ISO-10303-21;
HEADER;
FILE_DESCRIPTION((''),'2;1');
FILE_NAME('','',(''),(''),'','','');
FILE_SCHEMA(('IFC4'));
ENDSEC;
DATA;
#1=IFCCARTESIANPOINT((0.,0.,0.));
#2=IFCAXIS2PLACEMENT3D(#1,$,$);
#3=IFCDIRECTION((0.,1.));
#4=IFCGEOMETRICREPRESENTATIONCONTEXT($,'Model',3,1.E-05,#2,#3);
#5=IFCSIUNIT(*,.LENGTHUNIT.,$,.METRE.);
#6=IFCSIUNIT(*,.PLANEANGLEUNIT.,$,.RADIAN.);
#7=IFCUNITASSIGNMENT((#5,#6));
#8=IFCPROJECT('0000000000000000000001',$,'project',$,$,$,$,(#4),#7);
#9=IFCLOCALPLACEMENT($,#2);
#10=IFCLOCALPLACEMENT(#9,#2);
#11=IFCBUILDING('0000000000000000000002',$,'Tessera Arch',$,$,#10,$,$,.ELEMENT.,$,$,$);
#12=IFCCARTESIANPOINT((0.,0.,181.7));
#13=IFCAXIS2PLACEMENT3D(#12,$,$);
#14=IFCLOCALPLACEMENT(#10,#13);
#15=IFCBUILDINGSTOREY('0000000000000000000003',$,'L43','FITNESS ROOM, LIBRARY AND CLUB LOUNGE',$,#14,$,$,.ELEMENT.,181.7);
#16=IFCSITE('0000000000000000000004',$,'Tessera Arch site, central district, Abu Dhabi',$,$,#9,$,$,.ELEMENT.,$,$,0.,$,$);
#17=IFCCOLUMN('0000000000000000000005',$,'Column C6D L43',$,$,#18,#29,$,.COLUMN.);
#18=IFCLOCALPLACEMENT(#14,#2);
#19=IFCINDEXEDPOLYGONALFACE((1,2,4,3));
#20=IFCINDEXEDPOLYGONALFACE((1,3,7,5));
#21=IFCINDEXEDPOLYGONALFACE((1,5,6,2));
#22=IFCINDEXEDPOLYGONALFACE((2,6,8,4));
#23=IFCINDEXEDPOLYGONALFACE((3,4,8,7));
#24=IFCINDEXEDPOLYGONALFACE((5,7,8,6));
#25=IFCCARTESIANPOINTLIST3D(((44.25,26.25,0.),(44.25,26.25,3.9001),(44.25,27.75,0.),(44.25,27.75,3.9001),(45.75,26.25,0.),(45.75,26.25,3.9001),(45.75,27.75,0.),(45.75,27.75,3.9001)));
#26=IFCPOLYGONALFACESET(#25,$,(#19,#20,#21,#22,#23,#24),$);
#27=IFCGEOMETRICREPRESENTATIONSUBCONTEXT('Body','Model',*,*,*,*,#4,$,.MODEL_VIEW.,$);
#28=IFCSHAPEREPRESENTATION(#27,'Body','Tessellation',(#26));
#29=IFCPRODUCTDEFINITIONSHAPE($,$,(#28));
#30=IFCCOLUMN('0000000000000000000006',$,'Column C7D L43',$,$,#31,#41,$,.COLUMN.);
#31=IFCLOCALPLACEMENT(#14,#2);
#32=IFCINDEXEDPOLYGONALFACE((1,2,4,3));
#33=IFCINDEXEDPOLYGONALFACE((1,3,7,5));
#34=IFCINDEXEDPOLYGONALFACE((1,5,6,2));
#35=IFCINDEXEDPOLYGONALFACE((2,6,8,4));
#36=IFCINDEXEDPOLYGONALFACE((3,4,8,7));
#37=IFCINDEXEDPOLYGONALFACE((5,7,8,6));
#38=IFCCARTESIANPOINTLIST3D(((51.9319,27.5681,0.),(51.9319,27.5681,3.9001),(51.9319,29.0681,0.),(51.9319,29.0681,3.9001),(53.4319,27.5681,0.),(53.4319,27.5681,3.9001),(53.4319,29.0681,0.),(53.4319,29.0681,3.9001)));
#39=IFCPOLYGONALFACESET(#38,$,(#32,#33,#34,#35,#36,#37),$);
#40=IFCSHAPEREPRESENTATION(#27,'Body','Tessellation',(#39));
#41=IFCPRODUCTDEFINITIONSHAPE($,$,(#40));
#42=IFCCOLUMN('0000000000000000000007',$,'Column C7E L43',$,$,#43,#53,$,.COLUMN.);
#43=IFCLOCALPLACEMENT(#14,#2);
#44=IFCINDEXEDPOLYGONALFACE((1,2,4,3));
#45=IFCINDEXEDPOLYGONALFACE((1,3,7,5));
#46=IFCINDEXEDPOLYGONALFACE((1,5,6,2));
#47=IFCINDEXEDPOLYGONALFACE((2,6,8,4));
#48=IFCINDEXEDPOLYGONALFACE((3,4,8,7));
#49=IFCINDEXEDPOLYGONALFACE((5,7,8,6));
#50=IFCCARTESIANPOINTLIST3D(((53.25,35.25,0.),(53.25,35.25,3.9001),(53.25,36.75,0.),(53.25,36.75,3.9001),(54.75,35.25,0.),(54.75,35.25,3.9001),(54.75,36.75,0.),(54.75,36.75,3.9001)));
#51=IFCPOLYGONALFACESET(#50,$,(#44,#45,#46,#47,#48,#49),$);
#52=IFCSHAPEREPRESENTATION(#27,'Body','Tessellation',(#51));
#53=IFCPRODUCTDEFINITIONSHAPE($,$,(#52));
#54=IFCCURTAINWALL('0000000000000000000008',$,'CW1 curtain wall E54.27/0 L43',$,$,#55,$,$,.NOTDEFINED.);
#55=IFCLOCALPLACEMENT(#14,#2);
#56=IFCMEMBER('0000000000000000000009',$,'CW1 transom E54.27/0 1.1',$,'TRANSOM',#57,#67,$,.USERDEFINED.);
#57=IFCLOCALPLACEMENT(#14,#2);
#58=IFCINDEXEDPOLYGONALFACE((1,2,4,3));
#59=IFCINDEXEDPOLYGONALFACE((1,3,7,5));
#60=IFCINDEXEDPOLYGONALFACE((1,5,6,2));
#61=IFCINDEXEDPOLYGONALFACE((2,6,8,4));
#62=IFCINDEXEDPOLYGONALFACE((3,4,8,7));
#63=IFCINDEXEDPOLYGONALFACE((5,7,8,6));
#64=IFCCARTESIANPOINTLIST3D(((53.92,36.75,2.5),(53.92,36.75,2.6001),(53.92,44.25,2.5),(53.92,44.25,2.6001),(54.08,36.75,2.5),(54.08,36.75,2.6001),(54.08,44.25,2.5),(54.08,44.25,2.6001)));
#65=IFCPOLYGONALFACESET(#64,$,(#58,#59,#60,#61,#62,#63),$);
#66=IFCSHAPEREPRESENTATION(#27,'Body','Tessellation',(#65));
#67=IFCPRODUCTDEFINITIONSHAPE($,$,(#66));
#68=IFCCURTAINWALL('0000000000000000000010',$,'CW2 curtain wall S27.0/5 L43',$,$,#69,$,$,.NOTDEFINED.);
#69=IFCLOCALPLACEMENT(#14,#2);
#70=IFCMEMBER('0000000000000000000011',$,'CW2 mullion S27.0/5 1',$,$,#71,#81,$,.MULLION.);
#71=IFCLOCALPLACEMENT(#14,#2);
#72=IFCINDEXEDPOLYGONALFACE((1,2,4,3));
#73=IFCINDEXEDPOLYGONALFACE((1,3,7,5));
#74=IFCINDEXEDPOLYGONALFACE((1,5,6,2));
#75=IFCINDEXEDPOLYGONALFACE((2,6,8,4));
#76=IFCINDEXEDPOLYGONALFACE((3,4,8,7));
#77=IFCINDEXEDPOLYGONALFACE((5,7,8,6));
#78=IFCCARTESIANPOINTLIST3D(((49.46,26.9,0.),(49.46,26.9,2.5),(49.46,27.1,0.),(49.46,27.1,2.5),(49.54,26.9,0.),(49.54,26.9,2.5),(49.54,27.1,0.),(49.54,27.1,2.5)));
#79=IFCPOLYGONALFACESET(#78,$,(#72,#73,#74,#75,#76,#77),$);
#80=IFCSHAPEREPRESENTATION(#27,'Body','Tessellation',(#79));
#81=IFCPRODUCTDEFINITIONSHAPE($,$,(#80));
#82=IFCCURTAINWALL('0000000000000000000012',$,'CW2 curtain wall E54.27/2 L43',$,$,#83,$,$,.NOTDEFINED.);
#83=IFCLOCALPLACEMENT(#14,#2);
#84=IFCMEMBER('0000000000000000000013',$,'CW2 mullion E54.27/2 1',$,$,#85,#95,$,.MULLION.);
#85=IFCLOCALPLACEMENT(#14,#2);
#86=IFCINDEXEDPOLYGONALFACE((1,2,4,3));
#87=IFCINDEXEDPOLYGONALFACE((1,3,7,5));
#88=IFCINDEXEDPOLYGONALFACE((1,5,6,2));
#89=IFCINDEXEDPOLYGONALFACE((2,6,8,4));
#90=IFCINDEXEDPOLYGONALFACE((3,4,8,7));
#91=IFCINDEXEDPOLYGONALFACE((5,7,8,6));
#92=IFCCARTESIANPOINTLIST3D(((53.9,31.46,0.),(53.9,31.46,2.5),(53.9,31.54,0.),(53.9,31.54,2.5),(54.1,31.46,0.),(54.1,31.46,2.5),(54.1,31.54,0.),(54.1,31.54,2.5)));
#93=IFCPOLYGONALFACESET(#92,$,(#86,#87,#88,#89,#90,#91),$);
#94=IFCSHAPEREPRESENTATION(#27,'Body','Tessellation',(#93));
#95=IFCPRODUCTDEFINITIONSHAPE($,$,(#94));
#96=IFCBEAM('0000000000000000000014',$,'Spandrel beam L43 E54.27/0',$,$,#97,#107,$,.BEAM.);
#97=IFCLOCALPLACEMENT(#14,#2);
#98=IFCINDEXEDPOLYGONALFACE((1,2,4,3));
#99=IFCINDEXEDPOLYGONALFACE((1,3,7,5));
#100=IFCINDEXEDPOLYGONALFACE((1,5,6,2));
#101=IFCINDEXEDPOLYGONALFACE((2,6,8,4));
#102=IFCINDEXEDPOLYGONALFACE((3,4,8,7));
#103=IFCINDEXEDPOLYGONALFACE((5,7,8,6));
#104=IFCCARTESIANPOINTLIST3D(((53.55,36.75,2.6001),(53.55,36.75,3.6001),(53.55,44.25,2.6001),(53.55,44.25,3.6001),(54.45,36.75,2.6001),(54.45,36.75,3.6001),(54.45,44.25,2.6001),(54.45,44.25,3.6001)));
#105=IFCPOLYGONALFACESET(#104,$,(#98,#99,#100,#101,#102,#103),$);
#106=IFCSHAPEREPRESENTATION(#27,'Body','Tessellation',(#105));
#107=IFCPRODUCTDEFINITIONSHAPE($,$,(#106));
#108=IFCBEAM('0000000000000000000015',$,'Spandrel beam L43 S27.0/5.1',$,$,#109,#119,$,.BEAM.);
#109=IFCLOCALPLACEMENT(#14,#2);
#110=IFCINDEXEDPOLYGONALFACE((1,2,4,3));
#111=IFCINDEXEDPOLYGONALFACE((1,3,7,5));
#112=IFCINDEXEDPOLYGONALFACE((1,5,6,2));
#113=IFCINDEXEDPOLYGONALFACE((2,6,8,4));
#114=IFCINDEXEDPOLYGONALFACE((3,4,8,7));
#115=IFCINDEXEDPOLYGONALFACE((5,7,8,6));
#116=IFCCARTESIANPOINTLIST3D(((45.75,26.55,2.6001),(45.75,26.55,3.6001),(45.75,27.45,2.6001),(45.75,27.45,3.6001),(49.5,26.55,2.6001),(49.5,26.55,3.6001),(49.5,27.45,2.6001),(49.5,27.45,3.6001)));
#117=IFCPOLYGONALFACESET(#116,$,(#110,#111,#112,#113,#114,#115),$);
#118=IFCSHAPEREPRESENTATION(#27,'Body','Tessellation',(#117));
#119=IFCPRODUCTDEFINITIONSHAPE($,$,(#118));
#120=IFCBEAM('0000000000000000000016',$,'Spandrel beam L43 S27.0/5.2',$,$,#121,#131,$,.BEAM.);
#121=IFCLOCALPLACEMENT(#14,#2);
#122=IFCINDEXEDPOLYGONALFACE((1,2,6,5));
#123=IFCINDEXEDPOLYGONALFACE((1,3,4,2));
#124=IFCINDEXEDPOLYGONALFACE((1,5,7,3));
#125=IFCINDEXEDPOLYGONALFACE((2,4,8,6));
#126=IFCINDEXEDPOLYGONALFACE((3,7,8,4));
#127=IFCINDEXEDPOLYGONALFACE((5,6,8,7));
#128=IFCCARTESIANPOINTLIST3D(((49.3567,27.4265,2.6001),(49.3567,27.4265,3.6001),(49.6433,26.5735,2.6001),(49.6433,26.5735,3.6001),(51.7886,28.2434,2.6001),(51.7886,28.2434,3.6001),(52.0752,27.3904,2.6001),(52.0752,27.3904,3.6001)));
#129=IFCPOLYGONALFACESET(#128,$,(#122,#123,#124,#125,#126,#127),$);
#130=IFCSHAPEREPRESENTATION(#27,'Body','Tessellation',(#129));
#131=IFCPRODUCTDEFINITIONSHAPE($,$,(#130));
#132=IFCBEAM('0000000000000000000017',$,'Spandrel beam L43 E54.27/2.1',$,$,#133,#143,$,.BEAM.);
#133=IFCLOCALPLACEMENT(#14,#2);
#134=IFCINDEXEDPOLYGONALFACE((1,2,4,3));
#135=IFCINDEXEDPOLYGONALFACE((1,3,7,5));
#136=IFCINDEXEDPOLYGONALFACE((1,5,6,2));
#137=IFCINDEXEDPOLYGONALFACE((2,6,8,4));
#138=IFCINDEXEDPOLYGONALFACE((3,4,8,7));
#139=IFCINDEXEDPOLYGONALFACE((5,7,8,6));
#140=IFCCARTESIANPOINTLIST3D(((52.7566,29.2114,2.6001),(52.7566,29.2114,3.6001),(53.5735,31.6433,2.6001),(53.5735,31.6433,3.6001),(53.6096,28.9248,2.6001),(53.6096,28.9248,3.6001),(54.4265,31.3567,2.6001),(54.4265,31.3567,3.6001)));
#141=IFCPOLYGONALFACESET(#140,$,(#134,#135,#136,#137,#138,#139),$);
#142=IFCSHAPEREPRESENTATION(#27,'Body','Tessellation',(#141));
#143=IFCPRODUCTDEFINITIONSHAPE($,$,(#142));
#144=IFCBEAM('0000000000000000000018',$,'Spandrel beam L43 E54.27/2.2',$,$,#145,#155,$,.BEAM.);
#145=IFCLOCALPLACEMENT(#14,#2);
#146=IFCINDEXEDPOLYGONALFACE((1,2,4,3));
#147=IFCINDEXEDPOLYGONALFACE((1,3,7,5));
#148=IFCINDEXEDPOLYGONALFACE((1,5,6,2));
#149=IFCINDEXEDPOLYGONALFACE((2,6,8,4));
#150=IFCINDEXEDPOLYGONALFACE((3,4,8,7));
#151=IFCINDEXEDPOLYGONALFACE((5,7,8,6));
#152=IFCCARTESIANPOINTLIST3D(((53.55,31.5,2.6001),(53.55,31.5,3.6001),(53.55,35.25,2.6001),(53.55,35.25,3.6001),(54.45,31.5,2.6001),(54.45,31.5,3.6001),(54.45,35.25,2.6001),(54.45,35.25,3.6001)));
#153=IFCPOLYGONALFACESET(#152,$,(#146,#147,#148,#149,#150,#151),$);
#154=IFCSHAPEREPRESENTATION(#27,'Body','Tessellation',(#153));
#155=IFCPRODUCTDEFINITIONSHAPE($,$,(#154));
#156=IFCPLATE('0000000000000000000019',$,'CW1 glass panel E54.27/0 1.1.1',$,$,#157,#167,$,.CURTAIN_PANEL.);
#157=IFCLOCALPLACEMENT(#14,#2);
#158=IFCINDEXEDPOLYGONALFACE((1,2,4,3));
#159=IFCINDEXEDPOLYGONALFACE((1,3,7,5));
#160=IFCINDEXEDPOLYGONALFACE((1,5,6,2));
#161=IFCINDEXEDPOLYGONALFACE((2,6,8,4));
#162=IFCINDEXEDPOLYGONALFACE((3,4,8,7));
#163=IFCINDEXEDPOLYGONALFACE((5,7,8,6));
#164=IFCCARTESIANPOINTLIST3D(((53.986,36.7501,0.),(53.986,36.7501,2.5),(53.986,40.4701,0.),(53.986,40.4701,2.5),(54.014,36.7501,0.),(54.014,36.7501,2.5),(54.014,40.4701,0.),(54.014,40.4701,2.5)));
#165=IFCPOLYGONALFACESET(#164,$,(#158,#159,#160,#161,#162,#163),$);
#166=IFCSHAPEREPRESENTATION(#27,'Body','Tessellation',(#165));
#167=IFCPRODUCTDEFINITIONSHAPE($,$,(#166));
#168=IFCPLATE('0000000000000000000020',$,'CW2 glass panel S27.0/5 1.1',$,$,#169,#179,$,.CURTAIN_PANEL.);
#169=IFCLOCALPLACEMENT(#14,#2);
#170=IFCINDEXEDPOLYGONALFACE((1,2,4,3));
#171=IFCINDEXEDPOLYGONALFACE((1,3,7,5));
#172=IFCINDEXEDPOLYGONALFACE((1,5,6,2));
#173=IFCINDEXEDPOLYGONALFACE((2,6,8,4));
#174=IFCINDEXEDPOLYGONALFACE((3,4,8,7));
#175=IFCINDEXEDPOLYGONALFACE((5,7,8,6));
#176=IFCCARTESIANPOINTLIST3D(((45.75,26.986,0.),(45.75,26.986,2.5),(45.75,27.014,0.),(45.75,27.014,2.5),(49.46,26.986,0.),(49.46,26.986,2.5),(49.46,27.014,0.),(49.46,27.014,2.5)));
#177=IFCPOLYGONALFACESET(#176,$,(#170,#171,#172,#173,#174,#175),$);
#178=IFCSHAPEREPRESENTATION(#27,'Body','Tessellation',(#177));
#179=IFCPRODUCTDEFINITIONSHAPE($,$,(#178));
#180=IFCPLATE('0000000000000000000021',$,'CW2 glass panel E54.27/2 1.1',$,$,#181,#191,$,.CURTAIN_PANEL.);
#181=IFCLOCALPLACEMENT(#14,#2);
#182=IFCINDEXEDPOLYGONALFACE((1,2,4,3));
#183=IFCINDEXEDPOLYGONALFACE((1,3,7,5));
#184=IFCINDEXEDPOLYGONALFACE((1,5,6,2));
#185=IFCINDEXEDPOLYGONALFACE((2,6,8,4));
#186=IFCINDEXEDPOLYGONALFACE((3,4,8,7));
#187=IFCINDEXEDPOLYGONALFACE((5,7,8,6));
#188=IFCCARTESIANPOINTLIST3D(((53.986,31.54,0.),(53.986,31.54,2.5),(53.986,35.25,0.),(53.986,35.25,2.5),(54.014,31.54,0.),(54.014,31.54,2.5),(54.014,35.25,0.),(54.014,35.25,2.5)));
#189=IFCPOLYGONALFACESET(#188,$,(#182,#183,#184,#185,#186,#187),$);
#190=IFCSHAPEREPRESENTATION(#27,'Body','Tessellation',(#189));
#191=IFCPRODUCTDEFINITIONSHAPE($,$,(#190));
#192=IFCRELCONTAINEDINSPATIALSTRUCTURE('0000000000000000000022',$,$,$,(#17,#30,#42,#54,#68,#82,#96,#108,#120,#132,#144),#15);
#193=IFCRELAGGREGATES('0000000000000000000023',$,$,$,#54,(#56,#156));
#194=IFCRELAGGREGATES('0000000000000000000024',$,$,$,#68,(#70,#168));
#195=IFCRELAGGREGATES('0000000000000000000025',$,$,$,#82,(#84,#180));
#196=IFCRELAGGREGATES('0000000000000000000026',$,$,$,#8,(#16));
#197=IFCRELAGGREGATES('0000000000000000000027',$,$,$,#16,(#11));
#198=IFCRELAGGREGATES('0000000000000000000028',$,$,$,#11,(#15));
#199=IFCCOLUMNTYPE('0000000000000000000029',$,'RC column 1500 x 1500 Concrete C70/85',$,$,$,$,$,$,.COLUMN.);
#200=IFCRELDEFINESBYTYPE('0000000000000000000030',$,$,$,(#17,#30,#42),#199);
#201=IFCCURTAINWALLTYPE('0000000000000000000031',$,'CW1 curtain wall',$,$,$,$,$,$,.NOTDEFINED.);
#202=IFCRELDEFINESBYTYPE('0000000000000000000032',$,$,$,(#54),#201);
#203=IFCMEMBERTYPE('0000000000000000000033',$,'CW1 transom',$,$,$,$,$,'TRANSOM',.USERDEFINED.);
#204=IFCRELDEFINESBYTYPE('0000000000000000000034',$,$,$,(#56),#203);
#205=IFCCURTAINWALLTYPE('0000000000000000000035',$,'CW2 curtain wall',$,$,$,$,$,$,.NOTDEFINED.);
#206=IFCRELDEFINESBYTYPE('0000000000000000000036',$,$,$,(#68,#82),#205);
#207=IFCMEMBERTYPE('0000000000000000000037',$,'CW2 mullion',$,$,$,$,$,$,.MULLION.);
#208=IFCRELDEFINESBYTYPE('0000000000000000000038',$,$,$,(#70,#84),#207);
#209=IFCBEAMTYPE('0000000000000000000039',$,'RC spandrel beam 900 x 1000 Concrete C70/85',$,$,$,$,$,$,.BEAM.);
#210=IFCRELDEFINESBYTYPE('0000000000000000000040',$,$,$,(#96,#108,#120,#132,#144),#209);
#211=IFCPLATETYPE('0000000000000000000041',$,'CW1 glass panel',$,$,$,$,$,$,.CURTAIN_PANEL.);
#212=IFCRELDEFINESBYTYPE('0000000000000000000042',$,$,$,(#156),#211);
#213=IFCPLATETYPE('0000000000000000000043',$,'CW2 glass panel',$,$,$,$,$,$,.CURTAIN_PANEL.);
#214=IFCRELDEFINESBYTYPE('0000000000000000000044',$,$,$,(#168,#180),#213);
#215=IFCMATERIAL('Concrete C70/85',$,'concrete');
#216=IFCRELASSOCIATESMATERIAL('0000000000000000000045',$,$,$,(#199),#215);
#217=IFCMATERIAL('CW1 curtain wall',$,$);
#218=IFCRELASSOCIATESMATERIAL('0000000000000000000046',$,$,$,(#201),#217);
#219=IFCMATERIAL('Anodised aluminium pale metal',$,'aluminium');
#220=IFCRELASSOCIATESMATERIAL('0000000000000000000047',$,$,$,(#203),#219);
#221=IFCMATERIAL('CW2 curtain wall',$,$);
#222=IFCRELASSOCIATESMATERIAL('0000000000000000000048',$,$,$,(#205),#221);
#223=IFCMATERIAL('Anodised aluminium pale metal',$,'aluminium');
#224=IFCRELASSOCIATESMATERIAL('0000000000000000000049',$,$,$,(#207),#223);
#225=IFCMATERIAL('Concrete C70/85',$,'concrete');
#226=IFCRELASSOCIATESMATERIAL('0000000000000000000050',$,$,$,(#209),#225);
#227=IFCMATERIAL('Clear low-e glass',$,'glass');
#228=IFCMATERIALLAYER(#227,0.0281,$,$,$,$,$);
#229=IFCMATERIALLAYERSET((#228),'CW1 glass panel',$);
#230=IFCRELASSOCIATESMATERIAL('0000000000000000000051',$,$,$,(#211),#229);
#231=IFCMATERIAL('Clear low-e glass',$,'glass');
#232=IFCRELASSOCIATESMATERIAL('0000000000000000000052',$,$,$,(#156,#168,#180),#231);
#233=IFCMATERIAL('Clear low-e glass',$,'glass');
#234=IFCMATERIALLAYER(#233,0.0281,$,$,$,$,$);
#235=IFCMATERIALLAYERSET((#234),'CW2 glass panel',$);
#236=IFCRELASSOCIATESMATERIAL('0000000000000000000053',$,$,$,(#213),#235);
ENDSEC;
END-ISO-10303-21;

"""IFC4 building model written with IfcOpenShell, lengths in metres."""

from ifc_helpers import new_model, si_unit, direction, frame, origin, origin_2d, place, context, subcontext, project, spatial, rectangle, extrude, material, layer, layer_set, material_profile, profile_set, type_object, element, aggregate, save


model = new_model("IFC4")

# Units and contexts
model_context = context("Model", 3, precision=1e-05, world=origin(), true_north=direction((0.0, 1.0)))
body_context = subcontext(model_context, "Body", "Model", "MODEL_VIEW")
ifc_project = project(units=[si_unit("LENGTHUNIT", "METRE"), si_unit("PLANEANGLEUNIT", "RADIAN")], contexts=[model_context])

# Site, building, storey
site_placement = place(None, origin())
site = spatial("IfcSite", under=ifc_project, at=site_placement, Name="Tessera Arch site, central district, Abu Dhabi", CompositionType="ELEMENT", RefElevation=0.0)
building_placement = place(site_placement, origin())
building = spatial("IfcBuilding", under=site, at=building_placement, Name="Tessera Arch", CompositionType="ELEMENT")
storey_placement = place(building_placement, frame((0.0, 0.0, 181.7)))
storey = spatial("IfcBuildingStorey", under=building, at=storey_placement, Name="L43", Description="FITNESS ROOM, LIBRARY AND CLUB LOUNGE", CompositionType="ELEMENT", Elevation=181.7)

# Columns
ifc_material_1 = material(Name="Concrete C70/85", Category="concrete")
ifc_material_profile_1 = material_profile(ifc_material_1, rectangle(XDim=1.5, YDim=1.5, at=origin_2d()), Name="RC column 1500 x 1500 Concrete C70/85")
ifc_profile_set_1 = profile_set([ifc_material_profile_1], Name="Concrete C70/85")
column_type = type_object("IfcColumnType", Name="RC column 1500 x 1500 Concrete C70/85", PredefinedType="COLUMN", material=ifc_profile_set_1)
for number, where, z_axis, x_axis, name in (
    (1, (45.0, 27.0, 0.0), (0.0, 0.0, 1.0), (1.0, 0.0, 0.0), "Column C6D L43"),
    (2, (52.6819, 28.3181, 0.0), (0.0, 0.0, 1.0), (1.0, 0.0, 0.0), "Column C7D L43"),
    (3, (54.0, 36.0, 0.0), (0.0, 0.0, 1.0), (1.0, 0.0, 0.0), "Column C7E L43"),
):
    element("IfcColumn", number, at=place(storey_placement, frame(where, z_axis=z_axis, x_axis=x_axis)), inside=storey, type_object=column_type, Name=name, PredefinedType="COLUMN", context=body_context, shape_type="SweptSolid", body=[
        extrude(rectangle(XDim=1.5, YDim=1.5, at=origin_2d()), origin(), (0.0, 0.0, 1.0), 3.9001),
    ])

# Curtain walls, members
ifc_material_2 = material(Name="CW1 curtain wall")
curtain_wall_type_1 = type_object("IfcCurtainWallType", Name="CW1 curtain wall", PredefinedType="NOTDEFINED", material=ifc_material_2)
curtain_wall_1_placement = place(storey_placement, origin())
curtain_wall_1 = element("IfcCurtainWall", 4, at=curtain_wall_1_placement, inside=storey, type_object=curtain_wall_type_1, Name="CW1 curtain wall E54.27/0 L43", PredefinedType="NOTDEFINED")
ifc_material_3 = material(Name="Anodised aluminium pale metal", Category="aluminium")
ifc_material_profile_2 = material_profile(ifc_material_3, rectangle(XDim=0.1599, YDim=0.1001, at=origin_2d()), Name="AL 160x100")
ifc_profile_set_2 = profile_set([ifc_material_profile_2], Name="Anodised aluminium pale metal")
member_type_1 = type_object("IfcMemberType", Name="CW1 transom", ElementType="TRANSOM", PredefinedType="USERDEFINED", material=ifc_profile_set_2)
member_1_placement = place(storey_placement, frame((54.0, 36.75, 2.55), z_axis=(0.0, 1.0, 0.0), x_axis=(-1.0, 0.0, 0.0)))
member_1 = element("IfcMember", 5, at=member_1_placement, type_object=member_type_1, Name="CW1 transom E54.27/0 1.1", ObjectType="TRANSOM", PredefinedType="USERDEFINED", context=body_context, shape_type="SweptSolid", body=[
    extrude(rectangle(XDim=0.1599, YDim=0.1001, at=origin_2d()), origin(), (0.0, 0.0, 1.0), 7.5),
])
ifc_material_4 = material(Name="CW2 curtain wall")
curtain_wall_type_2 = type_object("IfcCurtainWallType", Name="CW2 curtain wall", PredefinedType="NOTDEFINED", material=ifc_material_4)
curtain_wall_2_placement = place(storey_placement, origin())
curtain_wall_2 = element("IfcCurtainWall", 6, at=curtain_wall_2_placement, inside=storey, type_object=curtain_wall_type_2, Name="CW2 curtain wall S27.0/5 L43", PredefinedType="NOTDEFINED")
ifc_material_5 = material(Name="Anodised aluminium pale metal", Category="aluminium")
ifc_material_profile_3 = material_profile(ifc_material_5, rectangle(XDim=0.2, YDim=0.0801, at=origin_2d()), Name="AL 80x200")
ifc_profile_set_3 = profile_set([ifc_material_profile_3], Name="Anodised aluminium pale metal")
member_type_2 = type_object("IfcMemberType", Name="CW2 mullion", PredefinedType="MULLION", material=ifc_profile_set_3)
member_2_placement = place(storey_placement, frame((49.5, 27.0, 0.0), z_axis=(0.0, 0.0, 1.0), x_axis=(0.0, 1.0, 0.0)))
member_2 = element("IfcMember", 7, at=member_2_placement, type_object=member_type_2, Name="CW2 mullion S27.0/5 1", PredefinedType="MULLION", context=body_context, shape_type="SweptSolid", body=[
    extrude(rectangle(XDim=0.2, YDim=0.0801, at=origin_2d()), origin(), (0.0, 0.0, 1.0), 2.5),
])
curtain_wall_3_placement = place(storey_placement, origin())
curtain_wall_3 = element("IfcCurtainWall", 8, at=curtain_wall_3_placement, inside=storey, type_object=curtain_wall_type_2, Name="CW2 curtain wall E54.27/2 L43", PredefinedType="NOTDEFINED")
member_3_placement = place(storey_placement, frame((54.0, 31.5, 0.0), z_axis=(0.0, 0.0, 1.0), x_axis=(-1.0, 0.0, 0.0)))
member_3 = element("IfcMember", 9, at=member_3_placement, type_object=member_type_2, Name="CW2 mullion E54.27/2 1", PredefinedType="MULLION", context=body_context, shape_type="SweptSolid", body=[
    extrude(rectangle(XDim=0.2, YDim=0.0801, at=origin_2d()), origin(), (0.0, 0.0, 1.0), 2.5),
])

# Beams
ifc_material_6 = material(Name="Concrete C70/85", Category="concrete")
ifc_material_profile_4 = material_profile(ifc_material_6, rectangle(XDim=0.8999, YDim=1.0, at=origin_2d()), Name="RC spandrel beam 900 x 1000 Concrete C70/85")
ifc_profile_set_4 = profile_set([ifc_material_profile_4], Name="Concrete C70/85")
beam_type = type_object("IfcBeamType", Name="RC spandrel beam 900 x 1000 Concrete C70/85", PredefinedType="BEAM", material=ifc_profile_set_4)
beam_1_placement = place(storey_placement, frame((54.0, 36.75, 3.1001), z_axis=(0.0, 1.0, 0.0), x_axis=(-1.0, 0.0, 0.0)))
element("IfcBeam", 10, at=beam_1_placement, inside=storey, type_object=beam_type, Name="Spandrel beam L43 E54.27/0", PredefinedType="BEAM", context=body_context, shape_type="SweptSolid", body=[
    extrude(rectangle(XDim=0.8999, YDim=1.0, at=origin_2d()), origin(), (0.0, 0.0, 1.0), 7.5),
])
beam_2_placement = place(storey_placement, frame((45.75, 27.0, 3.1001), z_axis=(1.0, 0.0, 0.0), x_axis=(0.0, 1.0, 0.0)))
element("IfcBeam", 11, at=beam_2_placement, inside=storey, type_object=beam_type, Name="Spandrel beam L43 S27.0/5.1", PredefinedType="BEAM", context=body_context, shape_type="SweptSolid", body=[
    extrude(rectangle(XDim=0.8999, YDim=1.0, at=origin_2d()), origin(), (0.0, 0.0, 1.0), 3.75),
])
for number, where, z_axis, x_axis, name in (
    (12, (49.5, 27.0, 3.1001), (0.947948, 0.318425, 0.0), (-0.318425, 0.947948, 0.0), "Spandrel beam L43 S27.0/5.2"),
    (13, (53.1831, 29.0681, 3.1001), (0.318425, 0.947948, 0.0), (-0.947948, 0.318425, 0.0), "Spandrel beam L43 E54.27/2.1"),
):
    element("IfcBeam", number, at=place(storey_placement, frame(where, z_axis=z_axis, x_axis=x_axis)), inside=storey, type_object=beam_type, Name=name, PredefinedType="BEAM", context=body_context, shape_type="SweptSolid", body=[
        extrude(rectangle(XDim=0.8999, YDim=1.0, at=origin_2d()), origin(), (0.0, 0.0, 1.0), 2.5654),
    ])
beam_3_placement = place(storey_placement, frame((54.0, 31.5, 3.1001), z_axis=(0.0, 1.0, 0.0), x_axis=(-1.0, 0.0, 0.0)))
element("IfcBeam", 14, at=beam_3_placement, inside=storey, type_object=beam_type, Name="Spandrel beam L43 E54.27/2.2", PredefinedType="BEAM", context=body_context, shape_type="SweptSolid", body=[
    extrude(rectangle(XDim=0.8999, YDim=1.0, at=origin_2d()), origin(), (0.0, 0.0, 1.0), 3.75),
])

# Plates
ifc_material_7 = material(Name="Clear low-e glass", Category="glass")
ifc_material_8 = material(Name="Clear low-e glass", Category="glass")
ifc_layer_1 = layer(ifc_material_8, 0.0281)
ifc_layer_set_1 = layer_set([ifc_layer_1], Name="CW1 glass panel")
plate_type_1 = type_object("IfcPlateType", Name="CW1 glass panel", PredefinedType="CURTAIN_PANEL", material=ifc_layer_set_1)
plate_1_placement = place(storey_placement, frame((54.0, 38.6101, 0.0), z_axis=(0.0, 0.0, 1.0), x_axis=(0.0, 1.0, 0.0)))
plate_1 = element("IfcPlate", 15, at=plate_1_placement, type_object=plate_type_1, material=ifc_material_7, Name="CW1 glass panel E54.27/0 1.1.1", PredefinedType="CURTAIN_PANEL", context=body_context, shape_type="SweptSolid", body=[
    extrude(rectangle(XDim=3.72, YDim=0.0281, at=origin_2d()), origin(), (0.0, 0.0, 1.0), 2.5),
])
aggregate(curtain_wall_1, [member_1, plate_1])
ifc_material_9 = material(Name="Clear low-e glass", Category="glass")
ifc_layer_2 = layer(ifc_material_9, 0.0281)
ifc_layer_set_2 = layer_set([ifc_layer_2], Name="CW2 glass panel")
plate_type_2 = type_object("IfcPlateType", Name="CW2 glass panel", PredefinedType="CURTAIN_PANEL", material=ifc_layer_set_2)
plate_2_placement = place(storey_placement, frame((47.605, 27.0, 0.0), z_axis=(0.0, 0.0, 1.0), x_axis=(1.0, 0.0, 0.0)))
plate_2 = element("IfcPlate", 16, at=plate_2_placement, type_object=plate_type_2, material=ifc_material_7, Name="CW2 glass panel S27.0/5 1.1", PredefinedType="CURTAIN_PANEL", context=body_context, shape_type="SweptSolid", body=[
    extrude(rectangle(XDim=3.71, YDim=0.0281, at=origin_2d()), origin(), (0.0, 0.0, 1.0), 2.5),
])
aggregate(curtain_wall_2, [member_2, plate_2])
plate_3_placement = place(storey_placement, frame((54.0, 33.395, 0.0), z_axis=(0.0, 0.0, 1.0), x_axis=(0.0, 1.0, 0.0)))
plate_3 = element("IfcPlate", 17, at=plate_3_placement, type_object=plate_type_2, material=ifc_material_7, Name="CW2 glass panel E54.27/2 1.1", PredefinedType="CURTAIN_PANEL", context=body_context, shape_type="SweptSolid", body=[
    extrude(rectangle(XDim=3.71, YDim=0.0281, at=origin_2d()), origin(), (0.0, 0.0, 1.0), 2.5),
])
aggregate(curtain_wall_3, [member_3, plate_3])

save(model, "model.ifc")
